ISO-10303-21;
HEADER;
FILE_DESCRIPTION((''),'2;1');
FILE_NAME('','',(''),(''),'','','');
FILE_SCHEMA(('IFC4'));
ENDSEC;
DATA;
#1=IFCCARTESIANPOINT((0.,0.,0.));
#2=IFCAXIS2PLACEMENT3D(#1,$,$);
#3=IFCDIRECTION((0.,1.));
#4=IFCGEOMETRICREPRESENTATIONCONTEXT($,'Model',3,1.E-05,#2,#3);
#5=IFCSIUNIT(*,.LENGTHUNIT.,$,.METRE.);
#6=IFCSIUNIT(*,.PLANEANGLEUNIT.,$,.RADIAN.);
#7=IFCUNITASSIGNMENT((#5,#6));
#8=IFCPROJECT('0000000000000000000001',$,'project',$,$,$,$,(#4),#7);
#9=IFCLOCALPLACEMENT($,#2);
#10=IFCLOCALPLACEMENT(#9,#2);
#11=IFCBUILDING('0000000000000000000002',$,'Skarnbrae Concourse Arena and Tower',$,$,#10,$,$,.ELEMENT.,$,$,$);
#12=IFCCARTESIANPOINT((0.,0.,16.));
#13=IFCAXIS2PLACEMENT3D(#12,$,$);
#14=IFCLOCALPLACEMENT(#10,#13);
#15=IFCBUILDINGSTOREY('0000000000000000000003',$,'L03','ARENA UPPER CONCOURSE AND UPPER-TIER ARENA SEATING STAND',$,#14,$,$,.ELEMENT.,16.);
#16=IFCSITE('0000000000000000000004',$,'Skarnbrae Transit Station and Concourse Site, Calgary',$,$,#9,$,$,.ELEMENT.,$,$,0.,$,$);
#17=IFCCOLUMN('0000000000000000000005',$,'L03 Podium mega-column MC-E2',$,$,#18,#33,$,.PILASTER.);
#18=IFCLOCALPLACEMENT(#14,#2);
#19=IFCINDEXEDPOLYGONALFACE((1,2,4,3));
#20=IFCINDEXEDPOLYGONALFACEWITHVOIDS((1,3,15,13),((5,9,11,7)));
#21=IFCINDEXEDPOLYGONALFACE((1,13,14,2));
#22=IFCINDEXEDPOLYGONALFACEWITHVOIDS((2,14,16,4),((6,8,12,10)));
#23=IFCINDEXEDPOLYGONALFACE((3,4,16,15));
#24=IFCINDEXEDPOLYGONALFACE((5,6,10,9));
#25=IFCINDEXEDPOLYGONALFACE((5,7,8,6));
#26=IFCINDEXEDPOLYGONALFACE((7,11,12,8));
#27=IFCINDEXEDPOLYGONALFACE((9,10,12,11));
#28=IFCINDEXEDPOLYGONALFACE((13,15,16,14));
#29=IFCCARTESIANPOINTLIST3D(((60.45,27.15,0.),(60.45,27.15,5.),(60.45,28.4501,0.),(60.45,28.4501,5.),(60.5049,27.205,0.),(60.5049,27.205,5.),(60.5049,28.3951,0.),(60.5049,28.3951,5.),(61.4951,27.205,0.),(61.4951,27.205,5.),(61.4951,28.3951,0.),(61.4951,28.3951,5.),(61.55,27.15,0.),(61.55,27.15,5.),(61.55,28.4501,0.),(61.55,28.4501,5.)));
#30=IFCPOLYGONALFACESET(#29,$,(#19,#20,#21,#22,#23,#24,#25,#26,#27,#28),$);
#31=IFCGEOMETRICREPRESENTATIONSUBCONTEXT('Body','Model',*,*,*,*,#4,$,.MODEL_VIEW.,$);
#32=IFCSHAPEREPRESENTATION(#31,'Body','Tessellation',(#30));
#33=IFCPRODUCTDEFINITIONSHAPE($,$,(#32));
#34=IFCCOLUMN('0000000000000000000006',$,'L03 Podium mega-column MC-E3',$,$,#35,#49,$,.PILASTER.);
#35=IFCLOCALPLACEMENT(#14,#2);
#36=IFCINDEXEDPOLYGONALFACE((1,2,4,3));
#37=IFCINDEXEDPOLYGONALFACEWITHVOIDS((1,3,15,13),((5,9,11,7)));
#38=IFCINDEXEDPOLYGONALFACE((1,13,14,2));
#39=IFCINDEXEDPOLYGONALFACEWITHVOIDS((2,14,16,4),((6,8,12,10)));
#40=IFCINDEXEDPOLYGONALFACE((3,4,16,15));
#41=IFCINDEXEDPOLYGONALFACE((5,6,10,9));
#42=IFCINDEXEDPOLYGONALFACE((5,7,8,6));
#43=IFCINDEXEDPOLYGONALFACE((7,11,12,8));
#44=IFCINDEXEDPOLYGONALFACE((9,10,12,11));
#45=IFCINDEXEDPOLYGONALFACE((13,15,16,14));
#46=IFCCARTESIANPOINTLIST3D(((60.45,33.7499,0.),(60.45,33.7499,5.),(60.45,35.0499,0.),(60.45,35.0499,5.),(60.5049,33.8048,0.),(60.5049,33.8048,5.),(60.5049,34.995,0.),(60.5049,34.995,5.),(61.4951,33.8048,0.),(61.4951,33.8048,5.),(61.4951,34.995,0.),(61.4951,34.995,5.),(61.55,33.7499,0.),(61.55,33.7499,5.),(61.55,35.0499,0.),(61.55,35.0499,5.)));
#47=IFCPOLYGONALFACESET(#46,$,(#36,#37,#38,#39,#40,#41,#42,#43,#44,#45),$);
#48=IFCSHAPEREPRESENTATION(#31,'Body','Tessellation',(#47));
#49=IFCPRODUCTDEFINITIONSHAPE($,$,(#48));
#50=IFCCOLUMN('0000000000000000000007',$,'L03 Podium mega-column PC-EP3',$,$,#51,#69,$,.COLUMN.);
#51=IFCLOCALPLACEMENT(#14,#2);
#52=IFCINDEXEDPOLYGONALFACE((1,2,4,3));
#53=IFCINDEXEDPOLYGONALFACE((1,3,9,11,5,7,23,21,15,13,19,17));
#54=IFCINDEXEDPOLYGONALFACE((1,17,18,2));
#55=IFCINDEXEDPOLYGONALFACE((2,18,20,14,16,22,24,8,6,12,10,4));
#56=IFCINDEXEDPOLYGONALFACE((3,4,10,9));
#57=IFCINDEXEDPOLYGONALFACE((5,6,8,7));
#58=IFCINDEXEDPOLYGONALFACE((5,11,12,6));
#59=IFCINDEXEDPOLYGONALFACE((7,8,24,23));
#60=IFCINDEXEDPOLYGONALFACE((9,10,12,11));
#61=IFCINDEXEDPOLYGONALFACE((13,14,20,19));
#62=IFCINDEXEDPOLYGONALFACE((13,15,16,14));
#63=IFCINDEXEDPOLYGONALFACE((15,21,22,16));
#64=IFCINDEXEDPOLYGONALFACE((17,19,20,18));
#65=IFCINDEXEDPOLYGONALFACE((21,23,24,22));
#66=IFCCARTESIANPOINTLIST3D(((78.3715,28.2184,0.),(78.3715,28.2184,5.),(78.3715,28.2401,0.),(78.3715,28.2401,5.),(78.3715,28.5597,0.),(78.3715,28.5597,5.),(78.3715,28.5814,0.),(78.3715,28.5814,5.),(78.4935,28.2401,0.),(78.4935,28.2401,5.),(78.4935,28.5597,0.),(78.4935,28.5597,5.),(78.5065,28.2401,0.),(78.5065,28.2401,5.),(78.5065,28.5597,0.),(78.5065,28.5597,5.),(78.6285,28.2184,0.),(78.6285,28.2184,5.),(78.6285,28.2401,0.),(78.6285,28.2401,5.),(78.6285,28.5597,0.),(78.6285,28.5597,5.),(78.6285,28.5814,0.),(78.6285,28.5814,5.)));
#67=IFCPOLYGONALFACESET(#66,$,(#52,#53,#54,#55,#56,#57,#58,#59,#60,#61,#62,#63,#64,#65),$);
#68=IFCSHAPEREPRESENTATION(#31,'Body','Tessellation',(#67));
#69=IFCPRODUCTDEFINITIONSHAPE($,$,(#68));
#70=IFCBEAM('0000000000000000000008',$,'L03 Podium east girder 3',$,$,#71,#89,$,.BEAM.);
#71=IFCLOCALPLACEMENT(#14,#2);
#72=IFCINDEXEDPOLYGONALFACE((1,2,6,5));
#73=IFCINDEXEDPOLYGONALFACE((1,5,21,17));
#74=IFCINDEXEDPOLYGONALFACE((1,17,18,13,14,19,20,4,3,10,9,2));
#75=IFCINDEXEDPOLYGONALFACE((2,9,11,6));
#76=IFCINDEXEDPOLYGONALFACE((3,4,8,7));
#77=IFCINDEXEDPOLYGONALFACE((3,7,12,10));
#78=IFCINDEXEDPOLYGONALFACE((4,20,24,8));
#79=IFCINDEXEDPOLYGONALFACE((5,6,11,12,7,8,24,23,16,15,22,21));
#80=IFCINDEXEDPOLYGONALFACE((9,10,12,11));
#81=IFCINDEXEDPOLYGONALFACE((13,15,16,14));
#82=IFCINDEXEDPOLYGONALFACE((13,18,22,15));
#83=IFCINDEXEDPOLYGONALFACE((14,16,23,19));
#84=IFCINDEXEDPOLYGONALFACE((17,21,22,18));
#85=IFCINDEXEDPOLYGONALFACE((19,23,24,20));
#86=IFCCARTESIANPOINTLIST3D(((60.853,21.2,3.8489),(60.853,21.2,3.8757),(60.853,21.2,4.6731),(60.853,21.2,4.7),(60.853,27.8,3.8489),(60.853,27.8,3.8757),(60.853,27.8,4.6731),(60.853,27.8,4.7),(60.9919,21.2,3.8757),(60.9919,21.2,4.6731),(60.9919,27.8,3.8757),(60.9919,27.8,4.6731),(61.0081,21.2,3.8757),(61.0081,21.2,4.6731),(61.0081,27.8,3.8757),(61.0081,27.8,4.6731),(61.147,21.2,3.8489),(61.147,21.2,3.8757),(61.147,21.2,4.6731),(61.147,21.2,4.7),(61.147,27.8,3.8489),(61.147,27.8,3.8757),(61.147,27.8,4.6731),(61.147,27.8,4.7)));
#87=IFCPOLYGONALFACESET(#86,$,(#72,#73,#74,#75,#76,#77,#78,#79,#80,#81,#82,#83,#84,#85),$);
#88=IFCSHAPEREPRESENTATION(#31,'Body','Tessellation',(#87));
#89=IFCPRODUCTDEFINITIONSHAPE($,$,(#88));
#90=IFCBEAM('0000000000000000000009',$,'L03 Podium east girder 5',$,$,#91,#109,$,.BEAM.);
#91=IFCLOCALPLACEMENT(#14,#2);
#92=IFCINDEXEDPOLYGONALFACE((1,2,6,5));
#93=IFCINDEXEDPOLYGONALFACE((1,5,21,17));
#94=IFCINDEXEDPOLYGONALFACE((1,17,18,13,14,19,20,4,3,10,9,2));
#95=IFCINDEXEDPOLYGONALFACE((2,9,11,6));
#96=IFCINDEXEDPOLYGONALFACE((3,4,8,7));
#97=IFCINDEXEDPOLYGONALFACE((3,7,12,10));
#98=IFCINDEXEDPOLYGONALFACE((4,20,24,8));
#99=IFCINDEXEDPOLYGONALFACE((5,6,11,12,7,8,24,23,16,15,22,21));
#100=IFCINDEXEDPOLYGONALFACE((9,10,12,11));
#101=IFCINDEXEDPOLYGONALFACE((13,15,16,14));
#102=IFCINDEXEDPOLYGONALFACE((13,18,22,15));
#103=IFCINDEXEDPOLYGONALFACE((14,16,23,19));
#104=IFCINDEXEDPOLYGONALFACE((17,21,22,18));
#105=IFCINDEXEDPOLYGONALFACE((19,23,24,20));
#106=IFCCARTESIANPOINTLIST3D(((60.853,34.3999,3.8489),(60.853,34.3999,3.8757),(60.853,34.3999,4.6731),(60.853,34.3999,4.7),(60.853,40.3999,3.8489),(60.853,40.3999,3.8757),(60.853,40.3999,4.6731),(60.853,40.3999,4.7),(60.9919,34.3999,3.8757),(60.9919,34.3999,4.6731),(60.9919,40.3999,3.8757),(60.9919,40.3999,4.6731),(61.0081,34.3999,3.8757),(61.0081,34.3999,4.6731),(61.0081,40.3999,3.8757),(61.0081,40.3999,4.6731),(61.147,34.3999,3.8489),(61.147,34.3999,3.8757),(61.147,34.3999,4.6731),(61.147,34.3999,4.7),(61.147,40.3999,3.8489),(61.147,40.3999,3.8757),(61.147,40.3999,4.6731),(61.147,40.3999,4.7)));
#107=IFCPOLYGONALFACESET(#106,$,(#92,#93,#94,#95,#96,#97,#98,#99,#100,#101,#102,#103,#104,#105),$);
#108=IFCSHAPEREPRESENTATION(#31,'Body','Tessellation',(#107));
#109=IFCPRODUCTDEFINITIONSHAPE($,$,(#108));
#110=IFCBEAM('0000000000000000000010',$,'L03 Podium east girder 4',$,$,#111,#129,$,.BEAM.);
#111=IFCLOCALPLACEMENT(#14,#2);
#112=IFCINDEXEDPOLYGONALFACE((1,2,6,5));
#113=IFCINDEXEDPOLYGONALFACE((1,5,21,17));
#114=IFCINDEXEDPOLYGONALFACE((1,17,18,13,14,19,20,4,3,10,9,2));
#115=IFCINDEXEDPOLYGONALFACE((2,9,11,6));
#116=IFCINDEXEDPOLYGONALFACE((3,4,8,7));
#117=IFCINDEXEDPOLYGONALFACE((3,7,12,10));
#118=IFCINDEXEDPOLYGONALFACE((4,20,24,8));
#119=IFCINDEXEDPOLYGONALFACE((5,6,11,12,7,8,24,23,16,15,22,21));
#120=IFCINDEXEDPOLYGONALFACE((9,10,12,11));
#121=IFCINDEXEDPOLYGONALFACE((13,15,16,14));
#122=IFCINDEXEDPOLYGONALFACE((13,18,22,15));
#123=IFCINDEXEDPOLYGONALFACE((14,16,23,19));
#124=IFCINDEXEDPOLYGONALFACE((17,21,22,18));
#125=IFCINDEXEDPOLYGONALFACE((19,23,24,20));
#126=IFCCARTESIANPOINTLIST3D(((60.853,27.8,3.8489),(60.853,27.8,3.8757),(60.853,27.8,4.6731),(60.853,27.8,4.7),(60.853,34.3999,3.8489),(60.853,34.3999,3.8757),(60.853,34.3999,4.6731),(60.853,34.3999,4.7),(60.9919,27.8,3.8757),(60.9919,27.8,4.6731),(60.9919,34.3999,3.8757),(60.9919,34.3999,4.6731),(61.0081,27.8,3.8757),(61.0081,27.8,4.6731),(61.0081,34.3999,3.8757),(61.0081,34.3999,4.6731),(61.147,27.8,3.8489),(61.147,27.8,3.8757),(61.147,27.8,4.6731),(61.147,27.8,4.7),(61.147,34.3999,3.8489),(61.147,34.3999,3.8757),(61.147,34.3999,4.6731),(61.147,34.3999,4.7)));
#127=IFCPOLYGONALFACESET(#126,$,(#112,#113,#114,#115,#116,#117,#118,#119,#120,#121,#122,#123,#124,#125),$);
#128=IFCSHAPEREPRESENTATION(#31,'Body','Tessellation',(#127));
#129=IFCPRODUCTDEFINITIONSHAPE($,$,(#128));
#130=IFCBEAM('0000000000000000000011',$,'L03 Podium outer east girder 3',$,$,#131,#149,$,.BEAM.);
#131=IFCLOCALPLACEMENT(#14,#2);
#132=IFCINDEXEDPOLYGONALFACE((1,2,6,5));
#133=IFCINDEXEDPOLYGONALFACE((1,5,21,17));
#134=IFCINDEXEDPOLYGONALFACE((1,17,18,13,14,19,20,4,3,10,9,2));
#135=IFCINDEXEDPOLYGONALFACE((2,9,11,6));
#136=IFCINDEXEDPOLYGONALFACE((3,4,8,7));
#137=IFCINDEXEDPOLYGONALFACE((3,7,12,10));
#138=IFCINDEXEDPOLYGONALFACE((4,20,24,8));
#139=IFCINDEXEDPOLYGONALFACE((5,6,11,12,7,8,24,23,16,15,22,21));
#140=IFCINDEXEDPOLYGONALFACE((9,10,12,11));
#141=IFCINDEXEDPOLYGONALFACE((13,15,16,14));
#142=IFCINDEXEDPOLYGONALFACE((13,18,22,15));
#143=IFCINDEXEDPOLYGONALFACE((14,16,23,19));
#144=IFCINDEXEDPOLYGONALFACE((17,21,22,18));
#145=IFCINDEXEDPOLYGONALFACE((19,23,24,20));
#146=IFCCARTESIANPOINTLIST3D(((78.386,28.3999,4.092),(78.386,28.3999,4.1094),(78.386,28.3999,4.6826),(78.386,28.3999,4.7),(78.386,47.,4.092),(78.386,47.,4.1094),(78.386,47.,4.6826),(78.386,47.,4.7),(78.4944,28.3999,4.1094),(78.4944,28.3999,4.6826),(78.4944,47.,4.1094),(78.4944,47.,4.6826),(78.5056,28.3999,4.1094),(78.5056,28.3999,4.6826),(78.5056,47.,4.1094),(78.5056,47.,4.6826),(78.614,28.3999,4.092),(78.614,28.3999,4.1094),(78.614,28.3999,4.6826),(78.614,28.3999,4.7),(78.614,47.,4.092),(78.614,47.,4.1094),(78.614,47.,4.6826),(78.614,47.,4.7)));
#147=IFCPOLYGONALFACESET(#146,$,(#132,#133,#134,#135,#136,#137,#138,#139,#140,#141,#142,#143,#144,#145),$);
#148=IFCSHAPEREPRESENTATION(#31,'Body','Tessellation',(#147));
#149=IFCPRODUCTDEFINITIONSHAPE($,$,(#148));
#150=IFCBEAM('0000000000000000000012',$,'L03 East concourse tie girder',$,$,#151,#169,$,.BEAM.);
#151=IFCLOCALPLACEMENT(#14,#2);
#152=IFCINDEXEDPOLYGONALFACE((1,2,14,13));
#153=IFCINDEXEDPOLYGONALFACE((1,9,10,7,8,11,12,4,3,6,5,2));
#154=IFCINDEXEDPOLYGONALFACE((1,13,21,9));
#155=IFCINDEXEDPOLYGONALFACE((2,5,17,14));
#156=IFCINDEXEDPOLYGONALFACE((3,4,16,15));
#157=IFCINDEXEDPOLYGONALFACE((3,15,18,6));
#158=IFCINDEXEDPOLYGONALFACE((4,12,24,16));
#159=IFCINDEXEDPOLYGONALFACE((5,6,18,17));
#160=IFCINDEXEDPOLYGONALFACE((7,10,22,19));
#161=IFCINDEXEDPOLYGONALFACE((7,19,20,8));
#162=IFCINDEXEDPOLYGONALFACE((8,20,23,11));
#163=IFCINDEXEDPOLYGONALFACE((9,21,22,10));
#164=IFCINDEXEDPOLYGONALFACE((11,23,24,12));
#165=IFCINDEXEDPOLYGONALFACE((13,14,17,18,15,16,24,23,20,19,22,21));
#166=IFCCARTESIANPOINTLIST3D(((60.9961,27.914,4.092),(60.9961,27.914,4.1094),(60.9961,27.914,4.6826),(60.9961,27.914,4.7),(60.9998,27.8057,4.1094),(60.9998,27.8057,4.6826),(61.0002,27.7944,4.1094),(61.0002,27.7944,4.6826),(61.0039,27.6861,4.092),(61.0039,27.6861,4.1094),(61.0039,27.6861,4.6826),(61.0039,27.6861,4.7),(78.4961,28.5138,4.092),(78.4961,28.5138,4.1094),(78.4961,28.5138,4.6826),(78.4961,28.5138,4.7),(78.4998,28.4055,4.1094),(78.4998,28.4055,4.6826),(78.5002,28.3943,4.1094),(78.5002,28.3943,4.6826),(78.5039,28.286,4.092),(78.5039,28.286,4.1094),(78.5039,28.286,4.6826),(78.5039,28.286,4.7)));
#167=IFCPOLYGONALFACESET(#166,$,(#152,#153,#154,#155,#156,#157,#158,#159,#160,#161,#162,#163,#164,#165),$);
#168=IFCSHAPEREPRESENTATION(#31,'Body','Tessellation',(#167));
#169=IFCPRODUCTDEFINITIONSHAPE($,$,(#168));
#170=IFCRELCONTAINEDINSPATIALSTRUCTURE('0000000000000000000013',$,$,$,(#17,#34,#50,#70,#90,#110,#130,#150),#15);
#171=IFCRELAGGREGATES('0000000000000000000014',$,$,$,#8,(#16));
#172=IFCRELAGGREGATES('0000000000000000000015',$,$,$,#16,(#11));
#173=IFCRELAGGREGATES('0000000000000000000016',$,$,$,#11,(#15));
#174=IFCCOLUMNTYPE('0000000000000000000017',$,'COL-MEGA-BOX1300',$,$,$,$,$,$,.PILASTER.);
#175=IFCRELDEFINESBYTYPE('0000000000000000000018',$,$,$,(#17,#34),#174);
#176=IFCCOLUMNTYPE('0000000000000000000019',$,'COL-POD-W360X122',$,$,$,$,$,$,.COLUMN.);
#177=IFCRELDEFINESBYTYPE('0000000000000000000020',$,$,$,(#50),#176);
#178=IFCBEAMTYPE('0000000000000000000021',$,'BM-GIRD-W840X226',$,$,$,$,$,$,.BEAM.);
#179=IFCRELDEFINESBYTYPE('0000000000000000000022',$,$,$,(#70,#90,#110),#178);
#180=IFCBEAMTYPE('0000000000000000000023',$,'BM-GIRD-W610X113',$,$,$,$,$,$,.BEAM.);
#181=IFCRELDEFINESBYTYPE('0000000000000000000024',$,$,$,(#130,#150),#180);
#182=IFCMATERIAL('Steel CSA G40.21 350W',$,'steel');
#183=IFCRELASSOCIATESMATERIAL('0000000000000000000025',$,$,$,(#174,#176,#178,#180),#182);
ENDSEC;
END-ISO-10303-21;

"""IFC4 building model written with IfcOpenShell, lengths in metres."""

from ifc_helpers import new_model, si_unit, direction, frame, origin, origin_2d, place, context, subcontext, project, spatial, hollow_rectangle, i_section, extrude, source, transform, mapped, material, material_profile, profile_set, type_object, element, save


model = new_model("IFC4")

# Units and contexts
model_context = context("Model", 3, precision=1e-05, world=origin(), true_north=direction((0.0, 1.0)))
body_context = subcontext(model_context, "Body", "Model", "MODEL_VIEW")
ifc_project = project(units=[si_unit("LENGTHUNIT", "METRE"), si_unit("PLANEANGLEUNIT", "RADIAN")], contexts=[model_context])

# Site, building, storey
site_placement = place(None, origin())
site = spatial("IfcSite", under=ifc_project, at=site_placement, Name="Skarnbrae Transit Station and Concourse Site, Calgary", CompositionType="ELEMENT", RefElevation=0.0)
building_placement = place(site_placement, origin())
building = spatial("IfcBuilding", under=site, at=building_placement, Name="Skarnbrae Concourse Arena and Tower", CompositionType="ELEMENT")
storey_placement = place(building_placement, frame((0.0, 0.0, 16.0)))
storey = spatial("IfcBuildingStorey", under=building, at=storey_placement, Name="L03", Description="ARENA UPPER CONCOURSE AND UPPER-TIER ARENA SEATING STAND", CompositionType="ELEMENT", Elevation=16.0)

# Columns
ifc_material_1 = material(Name="Steel CSA G40.21 350W", Category="steel")
ifc_material_profile_1 = material_profile(ifc_material_1, hollow_rectangle(XDim=1.1001, YDim=1.3, WallThickness=0.0549, at=origin_2d()), Name="BOX1300X1100X55")
ifc_profile_set_1 = profile_set([ifc_material_profile_1], Name="Steel CSA G40.21 350W")
column_type_1 = type_object("IfcColumnType", Name="COL-MEGA-BOX1300", PredefinedType="PILASTER", material=ifc_profile_set_1)
shared_shape_1 = source(origin(), body_context, "Body", "SweptSolid", [
    extrude(hollow_rectangle(XDim=1.1001, YDim=1.3, WallThickness=0.0549, at=origin_2d()), origin(), (0.0, 0.0, 1.0), 5.0),
])
for number, where, z_axis, x_axis, name in (
    (1, (61.0, 27.8, 0.0), (0.0, 0.0, 1.0), (1.0, 0.0, 0.0), "L03 Podium mega-column MC-E2"),
    (2, (61.0, 34.3999, 0.0), (0.0, 0.0, 1.0), (1.0, 0.0, 0.0), "L03 Podium mega-column MC-E3"),
):
    element("IfcColumn", number, at=place(storey_placement, frame(where, z_axis=z_axis, x_axis=x_axis)), inside=storey, type_object=column_type_1, Name=name, PredefinedType="PILASTER", context=body_context, shape_type="MappedRepresentation", body=[
        mapped(shared_shape_1, transform((0.0, 0.0, 0.0))),
    ])
ifc_material_profile_2 = material_profile(ifc_material_1, i_section(OverallWidth=0.2571, OverallDepth=0.363, WebThickness=0.0129, FlangeThickness=0.0217, at=origin_2d()), Name="W360X122")
ifc_profile_set_2 = profile_set([ifc_material_profile_2], Name="Steel CSA G40.21 350W")
column_type_2 = type_object("IfcColumnType", Name="COL-POD-W360X122", PredefinedType="COLUMN", material=ifc_profile_set_2)
shared_shape_2 = source(origin(), body_context, "Body", "SweptSolid", [
    extrude(i_section(OverallWidth=0.2571, OverallDepth=0.363, WebThickness=0.0129, FlangeThickness=0.0217, at=origin_2d()), origin(), (0.0, 0.0, 1.0), 5.0),
])
column_placement = place(storey_placement, frame((78.5, 28.3999, 0.0), z_axis=(0.0, 0.0, 1.0), x_axis=(1.0, 0.0, 0.0)))
element("IfcColumn", 3, at=column_placement, inside=storey, type_object=column_type_2, Name="L03 Podium mega-column PC-EP3", PredefinedType="COLUMN", context=body_context, shape_type="MappedRepresentation", body=[
    mapped(shared_shape_2, transform((0.0, 0.0, 0.0))),
])

# Beams
ifc_material_profile_3 = material_profile(ifc_material_1, i_section(OverallWidth=0.2939, OverallDepth=0.8511, WebThickness=0.0161, FlangeThickness=0.0269, at=origin_2d()), Name="W840X226")
ifc_profile_set_3 = profile_set([ifc_material_profile_3], Name="Steel CSA G40.21 350W")
beam_type_1 = type_object("IfcBeamType", Name="BM-GIRD-W840X226", PredefinedType="BEAM", material=ifc_profile_set_3)
shared_shape_3 = source(origin(), body_context, "Body", "SweptSolid", [
    extrude(i_section(OverallWidth=0.2939, OverallDepth=0.8511, WebThickness=0.0161, FlangeThickness=0.0269, at=origin_2d()), origin(), (0.0, 0.0, 1.0), 6.6001),
])
beam_1_placement = place(storey_placement, frame((61.0, 21.2, 4.2744), z_axis=(0.0, 1.0, 0.0), x_axis=(-1.0, 0.0, 0.0)))
element("IfcBeam", 4, at=beam_1_placement, inside=storey, type_object=beam_type_1, Name="L03 Podium east girder 3", PredefinedType="BEAM", context=body_context, shape_type="MappedRepresentation", body=[
    mapped(shared_shape_3, transform((0.0, 0.0, 0.0))),
])
shared_shape_4 = source(origin(), body_context, "Body", "SweptSolid", [
    extrude(i_section(OverallWidth=0.2939, OverallDepth=0.8511, WebThickness=0.0161, FlangeThickness=0.0269, at=origin_2d()), origin(), (0.0, 0.0, 1.0), 6.0),
])
beam_2_placement = place(storey_placement, frame((61.0, 34.3999, 4.2744), z_axis=(0.0, 1.0, 0.0), x_axis=(-1.0, 0.0, 0.0)))
element("IfcBeam", 5, at=beam_2_placement, inside=storey, type_object=beam_type_1, Name="L03 Podium east girder 5", PredefinedType="BEAM", context=body_context, shape_type="MappedRepresentation", body=[
    mapped(shared_shape_4, transform((0.0, 0.0, 0.0))),
])
shared_shape_5 = source(origin(), body_context, "Body", "SweptSolid", [
    extrude(i_section(OverallWidth=0.2939, OverallDepth=0.8511, WebThickness=0.0161, FlangeThickness=0.0269, at=origin_2d()), origin(), (0.0, 0.0, 1.0), 6.5999),
])
beam_3_placement = place(storey_placement, frame((61.0, 27.8, 4.2744), z_axis=(0.0, 1.0, 0.0), x_axis=(-1.0, 0.0, 0.0)))
element("IfcBeam", 6, at=beam_3_placement, inside=storey, type_object=beam_type_1, Name="L03 Podium east girder 4", PredefinedType="BEAM", context=body_context, shape_type="MappedRepresentation", body=[
    mapped(shared_shape_5, transform((0.0, 0.0, 0.0))),
])
ifc_material_profile_4 = material_profile(ifc_material_1, i_section(OverallWidth=0.228, OverallDepth=0.6079, WebThickness=0.0112, FlangeThickness=0.0173, at=origin_2d()), Name="W610X113")
ifc_profile_set_4 = profile_set([ifc_material_profile_4], Name="Steel CSA G40.21 350W")
beam_type_2 = type_object("IfcBeamType", Name="BM-GIRD-W610X113", PredefinedType="BEAM", material=ifc_profile_set_4)
shared_shape_6 = source(origin(), body_context, "Body", "SweptSolid", [
    extrude(i_section(OverallWidth=0.228, OverallDepth=0.6079, WebThickness=0.0112, FlangeThickness=0.0173, at=origin_2d()), origin(), (0.0, 0.0, 1.0), 18.6001),
])
beam_4_placement = place(storey_placement, frame((78.5, 28.3999, 4.396), z_axis=(0.0, 1.0, 0.0), x_axis=(-1.0, 0.0, 0.0)))
element("IfcBeam", 7, at=beam_4_placement, inside=storey, type_object=beam_type_2, Name="L03 Podium outer east girder 3", PredefinedType="BEAM", context=body_context, shape_type="MappedRepresentation", body=[
    mapped(shared_shape_6, transform((0.0, 0.0, 0.0))),
])
shared_shape_7 = source(origin(), body_context, "Body", "SweptSolid", [
    extrude(i_section(OverallWidth=0.228, OverallDepth=0.6079, WebThickness=0.0112, FlangeThickness=0.0173, at=origin_2d()), origin(), (0.0, 0.0, 1.0), 17.5103),
])
beam_5_placement = place(storey_placement, frame((61.0, 27.8, 4.396), z_axis=(0.999413, 0.034257, 0.0), x_axis=(-0.034257, 0.999413, 0.0)))
element("IfcBeam", 8, at=beam_5_placement, inside=storey, type_object=beam_type_2, Name="L03 East concourse tie girder", PredefinedType="BEAM", context=body_context, shape_type="MappedRepresentation", body=[
    mapped(shared_shape_7, transform((0.0, 0.0, 0.0))),
])

save(model, "model.ifc")
